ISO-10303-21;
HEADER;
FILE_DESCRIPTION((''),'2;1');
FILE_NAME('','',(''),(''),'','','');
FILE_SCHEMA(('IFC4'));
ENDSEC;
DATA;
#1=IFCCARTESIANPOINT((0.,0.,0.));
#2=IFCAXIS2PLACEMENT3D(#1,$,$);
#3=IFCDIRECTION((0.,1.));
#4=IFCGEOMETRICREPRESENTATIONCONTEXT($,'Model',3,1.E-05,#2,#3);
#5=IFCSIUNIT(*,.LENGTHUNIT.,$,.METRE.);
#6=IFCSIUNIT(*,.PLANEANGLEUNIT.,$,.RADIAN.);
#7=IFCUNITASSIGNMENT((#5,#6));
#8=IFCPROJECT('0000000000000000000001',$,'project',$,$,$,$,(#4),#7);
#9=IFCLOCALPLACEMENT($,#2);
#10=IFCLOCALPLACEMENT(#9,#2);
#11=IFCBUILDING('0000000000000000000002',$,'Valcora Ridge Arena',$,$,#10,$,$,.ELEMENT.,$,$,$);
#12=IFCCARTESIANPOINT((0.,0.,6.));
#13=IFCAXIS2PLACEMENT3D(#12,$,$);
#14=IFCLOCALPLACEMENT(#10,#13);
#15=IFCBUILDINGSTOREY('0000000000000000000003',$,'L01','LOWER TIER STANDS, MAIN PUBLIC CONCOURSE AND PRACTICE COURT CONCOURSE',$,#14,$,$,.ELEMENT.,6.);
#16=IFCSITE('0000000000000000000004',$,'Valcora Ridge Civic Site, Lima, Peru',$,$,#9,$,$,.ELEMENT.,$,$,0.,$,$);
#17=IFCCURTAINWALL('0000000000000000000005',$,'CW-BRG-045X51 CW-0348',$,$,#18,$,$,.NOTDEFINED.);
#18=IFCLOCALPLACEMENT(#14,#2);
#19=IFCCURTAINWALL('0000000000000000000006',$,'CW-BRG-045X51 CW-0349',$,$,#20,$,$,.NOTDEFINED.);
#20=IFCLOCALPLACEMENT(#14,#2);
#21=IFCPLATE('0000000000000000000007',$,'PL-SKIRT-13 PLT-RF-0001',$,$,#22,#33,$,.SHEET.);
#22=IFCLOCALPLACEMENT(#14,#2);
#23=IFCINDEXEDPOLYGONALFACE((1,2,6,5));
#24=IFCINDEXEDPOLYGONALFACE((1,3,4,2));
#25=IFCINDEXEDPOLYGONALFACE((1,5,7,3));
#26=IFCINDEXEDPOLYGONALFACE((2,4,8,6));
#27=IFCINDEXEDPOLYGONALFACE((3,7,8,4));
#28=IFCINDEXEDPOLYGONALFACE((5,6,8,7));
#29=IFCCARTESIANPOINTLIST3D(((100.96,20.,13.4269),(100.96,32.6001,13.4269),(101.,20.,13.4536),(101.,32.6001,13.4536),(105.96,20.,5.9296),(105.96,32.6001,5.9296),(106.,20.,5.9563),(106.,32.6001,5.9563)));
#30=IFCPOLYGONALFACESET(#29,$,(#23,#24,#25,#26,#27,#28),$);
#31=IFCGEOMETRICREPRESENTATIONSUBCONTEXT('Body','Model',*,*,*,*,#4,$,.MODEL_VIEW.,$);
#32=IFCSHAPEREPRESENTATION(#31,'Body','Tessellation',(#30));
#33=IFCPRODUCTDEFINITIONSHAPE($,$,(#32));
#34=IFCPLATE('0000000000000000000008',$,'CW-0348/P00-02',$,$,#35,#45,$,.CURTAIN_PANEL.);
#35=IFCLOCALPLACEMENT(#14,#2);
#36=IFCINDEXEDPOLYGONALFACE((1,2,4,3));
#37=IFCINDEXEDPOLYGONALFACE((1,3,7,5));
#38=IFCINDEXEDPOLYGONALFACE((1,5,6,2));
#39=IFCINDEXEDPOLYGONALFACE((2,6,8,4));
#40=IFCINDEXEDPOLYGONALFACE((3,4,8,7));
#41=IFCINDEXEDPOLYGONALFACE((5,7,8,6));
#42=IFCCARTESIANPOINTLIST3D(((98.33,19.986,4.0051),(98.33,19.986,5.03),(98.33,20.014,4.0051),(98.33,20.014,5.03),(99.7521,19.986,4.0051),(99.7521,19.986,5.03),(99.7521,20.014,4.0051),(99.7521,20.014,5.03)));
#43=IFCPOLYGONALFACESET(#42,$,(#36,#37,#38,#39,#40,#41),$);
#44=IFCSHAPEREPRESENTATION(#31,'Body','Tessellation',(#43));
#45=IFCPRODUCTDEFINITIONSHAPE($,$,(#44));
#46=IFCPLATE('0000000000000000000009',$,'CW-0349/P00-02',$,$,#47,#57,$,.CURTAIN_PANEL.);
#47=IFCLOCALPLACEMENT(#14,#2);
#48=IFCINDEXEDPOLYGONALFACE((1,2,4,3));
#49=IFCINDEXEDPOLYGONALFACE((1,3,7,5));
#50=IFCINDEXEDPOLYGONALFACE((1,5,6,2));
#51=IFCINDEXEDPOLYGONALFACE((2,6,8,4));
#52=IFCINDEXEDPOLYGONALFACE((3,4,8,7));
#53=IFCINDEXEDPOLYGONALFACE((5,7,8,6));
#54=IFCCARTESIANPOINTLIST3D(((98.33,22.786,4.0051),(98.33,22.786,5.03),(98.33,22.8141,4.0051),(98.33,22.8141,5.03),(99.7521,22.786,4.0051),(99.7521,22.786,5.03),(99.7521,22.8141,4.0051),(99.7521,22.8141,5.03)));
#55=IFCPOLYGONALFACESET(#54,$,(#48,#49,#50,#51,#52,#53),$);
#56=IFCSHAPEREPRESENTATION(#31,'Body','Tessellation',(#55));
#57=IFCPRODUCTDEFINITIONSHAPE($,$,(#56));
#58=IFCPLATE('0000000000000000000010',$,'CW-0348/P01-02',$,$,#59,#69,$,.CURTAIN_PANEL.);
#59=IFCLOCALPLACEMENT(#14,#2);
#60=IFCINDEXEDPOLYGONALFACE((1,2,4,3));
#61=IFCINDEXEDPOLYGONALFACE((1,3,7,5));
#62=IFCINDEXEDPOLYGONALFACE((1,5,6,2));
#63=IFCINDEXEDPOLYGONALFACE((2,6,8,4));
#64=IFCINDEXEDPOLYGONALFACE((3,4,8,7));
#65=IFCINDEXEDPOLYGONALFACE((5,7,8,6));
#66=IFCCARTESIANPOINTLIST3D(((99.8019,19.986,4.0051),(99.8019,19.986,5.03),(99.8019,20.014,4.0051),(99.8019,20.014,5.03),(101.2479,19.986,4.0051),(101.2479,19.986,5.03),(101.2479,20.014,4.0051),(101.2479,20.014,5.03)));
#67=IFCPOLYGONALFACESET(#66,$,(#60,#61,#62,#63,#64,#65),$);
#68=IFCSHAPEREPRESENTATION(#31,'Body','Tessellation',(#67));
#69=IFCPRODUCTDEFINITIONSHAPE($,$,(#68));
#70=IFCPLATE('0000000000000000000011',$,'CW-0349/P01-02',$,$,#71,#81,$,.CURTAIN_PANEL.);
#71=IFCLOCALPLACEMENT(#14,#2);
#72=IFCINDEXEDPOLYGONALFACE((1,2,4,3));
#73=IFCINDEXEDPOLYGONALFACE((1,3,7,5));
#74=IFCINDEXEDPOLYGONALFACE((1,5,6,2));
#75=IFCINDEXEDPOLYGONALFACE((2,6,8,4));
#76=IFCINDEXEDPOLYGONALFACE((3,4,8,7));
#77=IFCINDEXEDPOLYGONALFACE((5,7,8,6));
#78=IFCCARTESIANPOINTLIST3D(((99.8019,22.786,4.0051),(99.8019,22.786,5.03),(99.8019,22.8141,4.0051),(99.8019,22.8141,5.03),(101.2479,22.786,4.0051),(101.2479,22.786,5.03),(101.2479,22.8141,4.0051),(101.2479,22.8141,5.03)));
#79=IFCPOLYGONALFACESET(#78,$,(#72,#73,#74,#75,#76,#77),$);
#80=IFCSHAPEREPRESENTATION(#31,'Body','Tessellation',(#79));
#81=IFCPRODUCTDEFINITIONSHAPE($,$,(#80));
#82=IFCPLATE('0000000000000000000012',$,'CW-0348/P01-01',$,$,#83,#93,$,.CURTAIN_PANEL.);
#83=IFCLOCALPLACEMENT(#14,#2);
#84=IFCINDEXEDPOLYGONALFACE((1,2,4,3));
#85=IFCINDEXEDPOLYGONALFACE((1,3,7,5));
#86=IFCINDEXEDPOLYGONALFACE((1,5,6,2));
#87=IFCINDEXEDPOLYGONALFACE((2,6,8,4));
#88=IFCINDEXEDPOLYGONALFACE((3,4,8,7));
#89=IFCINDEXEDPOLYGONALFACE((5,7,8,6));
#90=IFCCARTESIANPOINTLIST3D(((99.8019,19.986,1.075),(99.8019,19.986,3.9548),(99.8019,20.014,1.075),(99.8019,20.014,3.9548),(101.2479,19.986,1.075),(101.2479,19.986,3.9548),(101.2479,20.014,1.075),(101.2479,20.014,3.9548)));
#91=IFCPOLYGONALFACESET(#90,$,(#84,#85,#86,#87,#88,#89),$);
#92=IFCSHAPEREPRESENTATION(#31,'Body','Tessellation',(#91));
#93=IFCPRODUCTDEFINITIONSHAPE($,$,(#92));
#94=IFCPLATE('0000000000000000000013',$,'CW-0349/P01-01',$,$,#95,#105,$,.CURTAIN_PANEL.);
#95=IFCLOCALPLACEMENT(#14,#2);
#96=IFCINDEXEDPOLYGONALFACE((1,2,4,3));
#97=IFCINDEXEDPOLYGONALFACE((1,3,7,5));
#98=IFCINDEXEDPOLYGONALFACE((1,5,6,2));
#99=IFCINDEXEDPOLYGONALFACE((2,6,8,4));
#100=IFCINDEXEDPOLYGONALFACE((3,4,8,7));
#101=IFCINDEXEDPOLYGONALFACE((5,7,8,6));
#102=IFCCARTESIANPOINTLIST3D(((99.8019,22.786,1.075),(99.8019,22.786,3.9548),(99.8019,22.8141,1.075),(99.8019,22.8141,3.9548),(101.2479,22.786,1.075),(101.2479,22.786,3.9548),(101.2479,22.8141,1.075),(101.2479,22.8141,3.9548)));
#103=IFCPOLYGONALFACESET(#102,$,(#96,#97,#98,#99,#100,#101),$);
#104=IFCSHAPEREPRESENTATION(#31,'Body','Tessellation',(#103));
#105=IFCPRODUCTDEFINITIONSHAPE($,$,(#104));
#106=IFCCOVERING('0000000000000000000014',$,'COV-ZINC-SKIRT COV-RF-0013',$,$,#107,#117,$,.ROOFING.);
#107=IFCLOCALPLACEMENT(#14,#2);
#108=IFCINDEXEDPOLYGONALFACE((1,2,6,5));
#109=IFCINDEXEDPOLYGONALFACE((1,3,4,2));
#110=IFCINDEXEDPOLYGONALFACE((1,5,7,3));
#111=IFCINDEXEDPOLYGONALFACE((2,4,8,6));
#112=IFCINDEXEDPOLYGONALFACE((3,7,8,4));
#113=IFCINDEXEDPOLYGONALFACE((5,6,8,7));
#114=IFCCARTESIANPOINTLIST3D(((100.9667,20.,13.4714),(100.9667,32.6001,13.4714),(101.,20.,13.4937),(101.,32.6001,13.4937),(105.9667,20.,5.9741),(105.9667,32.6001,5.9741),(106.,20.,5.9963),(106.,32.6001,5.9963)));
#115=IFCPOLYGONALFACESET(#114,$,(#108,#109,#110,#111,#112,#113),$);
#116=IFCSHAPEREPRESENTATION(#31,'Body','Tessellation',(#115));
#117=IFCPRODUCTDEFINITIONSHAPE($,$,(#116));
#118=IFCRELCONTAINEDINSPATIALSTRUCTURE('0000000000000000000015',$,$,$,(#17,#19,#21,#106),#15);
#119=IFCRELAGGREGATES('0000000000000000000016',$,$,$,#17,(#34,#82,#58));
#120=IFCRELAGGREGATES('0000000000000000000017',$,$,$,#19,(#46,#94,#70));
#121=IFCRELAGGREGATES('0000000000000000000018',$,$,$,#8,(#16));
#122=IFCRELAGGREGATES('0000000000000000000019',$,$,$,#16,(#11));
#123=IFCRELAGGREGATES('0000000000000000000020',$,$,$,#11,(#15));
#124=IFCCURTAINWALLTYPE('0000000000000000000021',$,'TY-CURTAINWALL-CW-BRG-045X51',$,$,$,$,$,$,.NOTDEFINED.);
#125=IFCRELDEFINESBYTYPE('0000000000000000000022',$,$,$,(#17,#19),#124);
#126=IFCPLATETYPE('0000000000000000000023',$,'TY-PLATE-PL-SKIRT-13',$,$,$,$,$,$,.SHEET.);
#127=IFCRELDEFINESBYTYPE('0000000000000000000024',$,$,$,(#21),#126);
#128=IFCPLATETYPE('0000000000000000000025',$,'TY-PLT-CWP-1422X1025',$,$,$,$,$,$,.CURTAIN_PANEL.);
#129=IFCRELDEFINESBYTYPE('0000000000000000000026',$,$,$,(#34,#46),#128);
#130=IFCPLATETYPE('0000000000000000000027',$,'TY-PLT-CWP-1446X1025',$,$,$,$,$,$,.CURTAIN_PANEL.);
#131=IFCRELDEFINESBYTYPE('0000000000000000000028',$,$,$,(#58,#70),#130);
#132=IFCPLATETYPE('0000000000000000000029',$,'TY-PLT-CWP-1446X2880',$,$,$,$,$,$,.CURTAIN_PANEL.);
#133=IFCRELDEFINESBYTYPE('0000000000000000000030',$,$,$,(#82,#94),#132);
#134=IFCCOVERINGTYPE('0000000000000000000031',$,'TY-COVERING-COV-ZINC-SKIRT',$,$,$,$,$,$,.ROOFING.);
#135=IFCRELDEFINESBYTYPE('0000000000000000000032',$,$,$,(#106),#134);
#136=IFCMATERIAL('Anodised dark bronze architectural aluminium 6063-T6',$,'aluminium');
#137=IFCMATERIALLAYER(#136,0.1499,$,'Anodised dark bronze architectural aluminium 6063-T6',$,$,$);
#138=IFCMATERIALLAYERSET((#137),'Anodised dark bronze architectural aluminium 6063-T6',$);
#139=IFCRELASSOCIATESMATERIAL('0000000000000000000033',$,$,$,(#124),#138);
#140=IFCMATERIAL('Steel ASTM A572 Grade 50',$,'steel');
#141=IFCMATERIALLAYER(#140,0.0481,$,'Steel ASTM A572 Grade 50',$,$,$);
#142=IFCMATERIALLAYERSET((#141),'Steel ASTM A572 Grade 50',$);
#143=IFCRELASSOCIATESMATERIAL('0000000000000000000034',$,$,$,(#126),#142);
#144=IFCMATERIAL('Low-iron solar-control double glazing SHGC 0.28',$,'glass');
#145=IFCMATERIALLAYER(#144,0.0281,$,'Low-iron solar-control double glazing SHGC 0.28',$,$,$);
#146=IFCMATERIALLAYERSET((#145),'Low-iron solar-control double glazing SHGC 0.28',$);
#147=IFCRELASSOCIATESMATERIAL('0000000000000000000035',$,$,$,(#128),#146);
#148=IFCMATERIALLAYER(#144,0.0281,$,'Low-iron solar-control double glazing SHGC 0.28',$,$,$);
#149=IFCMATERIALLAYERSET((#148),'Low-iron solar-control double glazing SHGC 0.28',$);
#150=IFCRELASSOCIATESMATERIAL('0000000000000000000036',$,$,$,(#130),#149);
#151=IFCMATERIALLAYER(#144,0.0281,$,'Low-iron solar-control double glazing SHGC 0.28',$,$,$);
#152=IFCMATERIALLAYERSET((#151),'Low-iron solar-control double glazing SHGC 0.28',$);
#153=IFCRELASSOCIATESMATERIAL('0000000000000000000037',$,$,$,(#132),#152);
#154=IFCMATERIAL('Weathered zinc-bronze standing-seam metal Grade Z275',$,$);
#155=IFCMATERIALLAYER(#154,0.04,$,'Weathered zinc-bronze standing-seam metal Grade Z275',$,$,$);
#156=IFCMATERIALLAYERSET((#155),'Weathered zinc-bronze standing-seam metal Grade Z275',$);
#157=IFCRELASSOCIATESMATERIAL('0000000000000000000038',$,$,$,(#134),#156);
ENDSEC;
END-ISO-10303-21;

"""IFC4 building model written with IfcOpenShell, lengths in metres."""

from ifc_helpers import new_model, si_unit, direction, frame, origin, origin_2d, place, context, subcontext, project, spatial, polyline, rectangle, outline, extrude, material, layer, layer_set, type_object, element, aggregate, save


model = new_model("IFC4")

# Units and contexts
model_context = context("Model", 3, precision=1e-05, world=origin(), true_north=direction((0.0, 1.0)))
body_context = subcontext(model_context, "Body", "Model", "MODEL_VIEW")
ifc_project = project(units=[si_unit("LENGTHUNIT", "METRE"), si_unit("PLANEANGLEUNIT", "RADIAN")], contexts=[model_context])

# Site, building, storey
site_placement = place(None, origin())
site = spatial("IfcSite", under=ifc_project, at=site_placement, Name="Valcora Ridge Civic Site, Lima, Peru", CompositionType="ELEMENT", RefElevation=0.0)
building_placement = place(site_placement, origin())
building = spatial("IfcBuilding", under=site, at=building_placement, Name="Valcora Ridge Arena", CompositionType="ELEMENT")
storey_placement = place(building_placement, frame((0.0, 0.0, 6.0)))
storey = spatial("IfcBuildingStorey", under=building, at=storey_placement, Name="L01", Description="LOWER TIER STANDS, MAIN PUBLIC CONCOURSE AND PRACTICE COURT CONCOURSE", CompositionType="ELEMENT", Elevation=6.0)

# Curtain walls
ifc_material_1 = material(Name="Anodised dark bronze architectural aluminium 6063-T6", Category="aluminium")
ifc_layer_1 = layer(ifc_material_1, 0.1499, Name="Anodised dark bronze architectural aluminium 6063-T6")
ifc_layer_set_1 = layer_set([ifc_layer_1], Name="Anodised dark bronze architectural aluminium 6063-T6")
curtain_wall_type = type_object("IfcCurtainWallType", Name="TY-CURTAINWALL-CW-BRG-045X51", PredefinedType="NOTDEFINED", material=ifc_layer_set_1)
curtain_wall_1_placement = place(storey_placement, origin())
curtain_wall_1 = element("IfcCurtainWall", 1, at=curtain_wall_1_placement, inside=storey, type_object=curtain_wall_type, Name="CW-BRG-045X51 CW-0348", PredefinedType="NOTDEFINED")
curtain_wall_2_placement = place(storey_placement, origin())
curtain_wall_2 = element("IfcCurtainWall", 2, at=curtain_wall_2_placement, inside=storey, type_object=curtain_wall_type, Name="CW-BRG-045X51 CW-0349", PredefinedType="NOTDEFINED")

# Plate
ifc_material_2 = material(Name="Steel ASTM A572 Grade 50", Category="steel")
ifc_layer_2 = layer(ifc_material_2, 0.0481, Name="Steel ASTM A572 Grade 50")
ifc_layer_set_2 = layer_set([ifc_layer_2], Name="Steel ASTM A572 Grade 50")
plate_type_1 = type_object("IfcPlateType", Name="TY-PLATE-PL-SKIRT-13", PredefinedType="SHEET", material=ifc_layer_set_2)
plate_1_placement = place(storey_placement, frame((101.0, 20.0, 13.4536), z_axis=(0.831959, 0.0, 0.554838), x_axis=(0.554838, 0.0, -0.831959)))
element("IfcPlate", 3, at=plate_1_placement, inside=storey, type_object=plate_type_1, Name="PL-SKIRT-13 PLT-RF-0001", PredefinedType="SHEET", context=body_context, shape_type="SweptSolid", body=[
    extrude(outline(polyline([(0.0, 0.0), (9.0116, 0.0), (9.0116, 12.6001), (0.0, 12.6001), (0.0, 0.0)])), origin(), (0.0, 0.0, -1.0), 0.0481),
])

# Plates
ifc_material_3 = material(Name="Low-iron solar-control double glazing SHGC 0.28", Category="glass")
ifc_layer_3 = layer(ifc_material_3, 0.0281, Name="Low-iron solar-control double glazing SHGC 0.28")
ifc_layer_set_3 = layer_set([ifc_layer_3], Name="Low-iron solar-control double glazing SHGC 0.28")
plate_type_2 = type_object("IfcPlateType", Name="TY-PLT-CWP-1422X1025", PredefinedType="CURTAIN_PANEL", material=ifc_layer_set_3)
plate_2_placement = place(storey_placement, frame((99.041, 20.0, 4.0051), z_axis=(0.0, 0.0, 1.0), x_axis=(1.0, 0.0, 0.0)))
plate_2 = element("IfcPlate", 4, at=plate_2_placement, type_object=plate_type_2, Name="CW-0348/P00-02", PredefinedType="CURTAIN_PANEL", context=body_context, shape_type="SweptSolid", body=[
    extrude(rectangle(XDim=1.4221, YDim=0.0281, at=origin_2d()), origin(), (0.0, 0.0, 1.0), 1.0249),
])
plate_3_placement = place(storey_placement, frame((99.041, 22.8, 4.0051), z_axis=(0.0, 0.0, 1.0), x_axis=(1.0, 0.0, 0.0)))
plate_3 = element("IfcPlate", 5, at=plate_3_placement, type_object=plate_type_2, Name="CW-0349/P00-02", PredefinedType="CURTAIN_PANEL", context=body_context, shape_type="SweptSolid", body=[
    extrude(rectangle(XDim=1.4221, YDim=0.0281, at=origin_2d()), origin(), (0.0, 0.0, 1.0), 1.0249),
])
ifc_layer_4 = layer(ifc_material_3, 0.0281, Name="Low-iron solar-control double glazing SHGC 0.28")
ifc_layer_set_4 = layer_set([ifc_layer_4], Name="Low-iron solar-control double glazing SHGC 0.28")
plate_type_3 = type_object("IfcPlateType", Name="TY-PLT-CWP-1446X1025", PredefinedType="CURTAIN_PANEL", material=ifc_layer_set_4)
plate_4_placement = place(storey_placement, frame((100.5249, 20.0, 4.0051), z_axis=(0.0, 0.0, 1.0), x_axis=(1.0, 0.0, 0.0)))
plate_4 = element("IfcPlate", 6, at=plate_4_placement, type_object=plate_type_3, Name="CW-0348/P01-02", PredefinedType="CURTAIN_PANEL", context=body_context, shape_type="SweptSolid", body=[
    extrude(rectangle(XDim=1.446, YDim=0.0281, at=origin_2d()), origin(), (0.0, 0.0, 1.0), 1.0249),
])
plate_5_placement = place(storey_placement, frame((100.5249, 22.8, 4.0051), z_axis=(0.0, 0.0, 1.0), x_axis=(1.0, 0.0, 0.0)))
plate_5 = element("IfcPlate", 7, at=plate_5_placement, type_object=plate_type_3, Name="CW-0349/P01-02", PredefinedType="CURTAIN_PANEL", context=body_context, shape_type="SweptSolid", body=[
    extrude(rectangle(XDim=1.446, YDim=0.0281, at=origin_2d()), origin(), (0.0, 0.0, 1.0), 1.0249),
])
ifc_layer_5 = layer(ifc_material_3, 0.0281, Name="Low-iron solar-control double glazing SHGC 0.28")
ifc_layer_set_5 = layer_set([ifc_layer_5], Name="Low-iron solar-control double glazing SHGC 0.28")
plate_type_4 = type_object("IfcPlateType", Name="TY-PLT-CWP-1446X2880", PredefinedType="CURTAIN_PANEL", material=ifc_layer_set_5)
plate_6_placement = place(storey_placement, frame((100.5249, 20.0, 1.075), z_axis=(0.0, 0.0, 1.0), x_axis=(1.0, 0.0, 0.0)))
plate_6 = element("IfcPlate", 8, at=plate_6_placement, type_object=plate_type_4, Name="CW-0348/P01-01", PredefinedType="CURTAIN_PANEL", context=body_context, shape_type="SweptSolid", body=[
    extrude(rectangle(XDim=1.446, YDim=0.0281, at=origin_2d()), origin(), (0.0, 0.0, 1.0), 2.8799),
])
aggregate(curtain_wall_1, [plate_2, plate_6, plate_4])
plate_7_placement = place(storey_placement, frame((100.5249, 22.8, 1.075), z_axis=(0.0, 0.0, 1.0), x_axis=(1.0, 0.0, 0.0)))
plate_7 = element("IfcPlate", 9, at=plate_7_placement, type_object=plate_type_4, Name="CW-0349/P01-01", PredefinedType="CURTAIN_PANEL", context=body_context, shape_type="SweptSolid", body=[
    extrude(rectangle(XDim=1.446, YDim=0.0281, at=origin_2d()), origin(), (0.0, 0.0, 1.0), 2.8799),
])
aggregate(curtain_wall_2, [plate_3, plate_7, plate_5])

# Covering
ifc_material_4 = material(Name="Weathered zinc-bronze standing-seam metal Grade Z275")
ifc_layer_6 = layer(ifc_material_4, 0.04, Name="Weathered zinc-bronze standing-seam metal Grade Z275")
ifc_layer_set_6 = layer_set([ifc_layer_6], Name="Weathered zinc-bronze standing-seam metal Grade Z275")
covering_type = type_object("IfcCoveringType", Name="TY-COVERING-COV-ZINC-SKIRT", PredefinedType="ROOFING", material=ifc_layer_set_6)
covering_placement = place(storey_placement, frame((101.0, 20.0, 13.4937), z_axis=(0.831959, 0.0, 0.554838), x_axis=(0.554838, 0.0, -0.831959)))
element("IfcCovering", 10, at=covering_placement, inside=storey, type_object=covering_type, Name="COV-ZINC-SKIRT COV-RF-0013", PredefinedType="ROOFING", context=body_context, shape_type="SweptSolid", body=[
    extrude(outline(polyline([(0.0, 0.0), (9.0116, 0.0), (9.0116, 12.6001), (0.0, 12.6001), (0.0, 0.0)])), origin(), (0.0, 0.0, -1.0), 0.04),
])

save(model, "model.ifc")
